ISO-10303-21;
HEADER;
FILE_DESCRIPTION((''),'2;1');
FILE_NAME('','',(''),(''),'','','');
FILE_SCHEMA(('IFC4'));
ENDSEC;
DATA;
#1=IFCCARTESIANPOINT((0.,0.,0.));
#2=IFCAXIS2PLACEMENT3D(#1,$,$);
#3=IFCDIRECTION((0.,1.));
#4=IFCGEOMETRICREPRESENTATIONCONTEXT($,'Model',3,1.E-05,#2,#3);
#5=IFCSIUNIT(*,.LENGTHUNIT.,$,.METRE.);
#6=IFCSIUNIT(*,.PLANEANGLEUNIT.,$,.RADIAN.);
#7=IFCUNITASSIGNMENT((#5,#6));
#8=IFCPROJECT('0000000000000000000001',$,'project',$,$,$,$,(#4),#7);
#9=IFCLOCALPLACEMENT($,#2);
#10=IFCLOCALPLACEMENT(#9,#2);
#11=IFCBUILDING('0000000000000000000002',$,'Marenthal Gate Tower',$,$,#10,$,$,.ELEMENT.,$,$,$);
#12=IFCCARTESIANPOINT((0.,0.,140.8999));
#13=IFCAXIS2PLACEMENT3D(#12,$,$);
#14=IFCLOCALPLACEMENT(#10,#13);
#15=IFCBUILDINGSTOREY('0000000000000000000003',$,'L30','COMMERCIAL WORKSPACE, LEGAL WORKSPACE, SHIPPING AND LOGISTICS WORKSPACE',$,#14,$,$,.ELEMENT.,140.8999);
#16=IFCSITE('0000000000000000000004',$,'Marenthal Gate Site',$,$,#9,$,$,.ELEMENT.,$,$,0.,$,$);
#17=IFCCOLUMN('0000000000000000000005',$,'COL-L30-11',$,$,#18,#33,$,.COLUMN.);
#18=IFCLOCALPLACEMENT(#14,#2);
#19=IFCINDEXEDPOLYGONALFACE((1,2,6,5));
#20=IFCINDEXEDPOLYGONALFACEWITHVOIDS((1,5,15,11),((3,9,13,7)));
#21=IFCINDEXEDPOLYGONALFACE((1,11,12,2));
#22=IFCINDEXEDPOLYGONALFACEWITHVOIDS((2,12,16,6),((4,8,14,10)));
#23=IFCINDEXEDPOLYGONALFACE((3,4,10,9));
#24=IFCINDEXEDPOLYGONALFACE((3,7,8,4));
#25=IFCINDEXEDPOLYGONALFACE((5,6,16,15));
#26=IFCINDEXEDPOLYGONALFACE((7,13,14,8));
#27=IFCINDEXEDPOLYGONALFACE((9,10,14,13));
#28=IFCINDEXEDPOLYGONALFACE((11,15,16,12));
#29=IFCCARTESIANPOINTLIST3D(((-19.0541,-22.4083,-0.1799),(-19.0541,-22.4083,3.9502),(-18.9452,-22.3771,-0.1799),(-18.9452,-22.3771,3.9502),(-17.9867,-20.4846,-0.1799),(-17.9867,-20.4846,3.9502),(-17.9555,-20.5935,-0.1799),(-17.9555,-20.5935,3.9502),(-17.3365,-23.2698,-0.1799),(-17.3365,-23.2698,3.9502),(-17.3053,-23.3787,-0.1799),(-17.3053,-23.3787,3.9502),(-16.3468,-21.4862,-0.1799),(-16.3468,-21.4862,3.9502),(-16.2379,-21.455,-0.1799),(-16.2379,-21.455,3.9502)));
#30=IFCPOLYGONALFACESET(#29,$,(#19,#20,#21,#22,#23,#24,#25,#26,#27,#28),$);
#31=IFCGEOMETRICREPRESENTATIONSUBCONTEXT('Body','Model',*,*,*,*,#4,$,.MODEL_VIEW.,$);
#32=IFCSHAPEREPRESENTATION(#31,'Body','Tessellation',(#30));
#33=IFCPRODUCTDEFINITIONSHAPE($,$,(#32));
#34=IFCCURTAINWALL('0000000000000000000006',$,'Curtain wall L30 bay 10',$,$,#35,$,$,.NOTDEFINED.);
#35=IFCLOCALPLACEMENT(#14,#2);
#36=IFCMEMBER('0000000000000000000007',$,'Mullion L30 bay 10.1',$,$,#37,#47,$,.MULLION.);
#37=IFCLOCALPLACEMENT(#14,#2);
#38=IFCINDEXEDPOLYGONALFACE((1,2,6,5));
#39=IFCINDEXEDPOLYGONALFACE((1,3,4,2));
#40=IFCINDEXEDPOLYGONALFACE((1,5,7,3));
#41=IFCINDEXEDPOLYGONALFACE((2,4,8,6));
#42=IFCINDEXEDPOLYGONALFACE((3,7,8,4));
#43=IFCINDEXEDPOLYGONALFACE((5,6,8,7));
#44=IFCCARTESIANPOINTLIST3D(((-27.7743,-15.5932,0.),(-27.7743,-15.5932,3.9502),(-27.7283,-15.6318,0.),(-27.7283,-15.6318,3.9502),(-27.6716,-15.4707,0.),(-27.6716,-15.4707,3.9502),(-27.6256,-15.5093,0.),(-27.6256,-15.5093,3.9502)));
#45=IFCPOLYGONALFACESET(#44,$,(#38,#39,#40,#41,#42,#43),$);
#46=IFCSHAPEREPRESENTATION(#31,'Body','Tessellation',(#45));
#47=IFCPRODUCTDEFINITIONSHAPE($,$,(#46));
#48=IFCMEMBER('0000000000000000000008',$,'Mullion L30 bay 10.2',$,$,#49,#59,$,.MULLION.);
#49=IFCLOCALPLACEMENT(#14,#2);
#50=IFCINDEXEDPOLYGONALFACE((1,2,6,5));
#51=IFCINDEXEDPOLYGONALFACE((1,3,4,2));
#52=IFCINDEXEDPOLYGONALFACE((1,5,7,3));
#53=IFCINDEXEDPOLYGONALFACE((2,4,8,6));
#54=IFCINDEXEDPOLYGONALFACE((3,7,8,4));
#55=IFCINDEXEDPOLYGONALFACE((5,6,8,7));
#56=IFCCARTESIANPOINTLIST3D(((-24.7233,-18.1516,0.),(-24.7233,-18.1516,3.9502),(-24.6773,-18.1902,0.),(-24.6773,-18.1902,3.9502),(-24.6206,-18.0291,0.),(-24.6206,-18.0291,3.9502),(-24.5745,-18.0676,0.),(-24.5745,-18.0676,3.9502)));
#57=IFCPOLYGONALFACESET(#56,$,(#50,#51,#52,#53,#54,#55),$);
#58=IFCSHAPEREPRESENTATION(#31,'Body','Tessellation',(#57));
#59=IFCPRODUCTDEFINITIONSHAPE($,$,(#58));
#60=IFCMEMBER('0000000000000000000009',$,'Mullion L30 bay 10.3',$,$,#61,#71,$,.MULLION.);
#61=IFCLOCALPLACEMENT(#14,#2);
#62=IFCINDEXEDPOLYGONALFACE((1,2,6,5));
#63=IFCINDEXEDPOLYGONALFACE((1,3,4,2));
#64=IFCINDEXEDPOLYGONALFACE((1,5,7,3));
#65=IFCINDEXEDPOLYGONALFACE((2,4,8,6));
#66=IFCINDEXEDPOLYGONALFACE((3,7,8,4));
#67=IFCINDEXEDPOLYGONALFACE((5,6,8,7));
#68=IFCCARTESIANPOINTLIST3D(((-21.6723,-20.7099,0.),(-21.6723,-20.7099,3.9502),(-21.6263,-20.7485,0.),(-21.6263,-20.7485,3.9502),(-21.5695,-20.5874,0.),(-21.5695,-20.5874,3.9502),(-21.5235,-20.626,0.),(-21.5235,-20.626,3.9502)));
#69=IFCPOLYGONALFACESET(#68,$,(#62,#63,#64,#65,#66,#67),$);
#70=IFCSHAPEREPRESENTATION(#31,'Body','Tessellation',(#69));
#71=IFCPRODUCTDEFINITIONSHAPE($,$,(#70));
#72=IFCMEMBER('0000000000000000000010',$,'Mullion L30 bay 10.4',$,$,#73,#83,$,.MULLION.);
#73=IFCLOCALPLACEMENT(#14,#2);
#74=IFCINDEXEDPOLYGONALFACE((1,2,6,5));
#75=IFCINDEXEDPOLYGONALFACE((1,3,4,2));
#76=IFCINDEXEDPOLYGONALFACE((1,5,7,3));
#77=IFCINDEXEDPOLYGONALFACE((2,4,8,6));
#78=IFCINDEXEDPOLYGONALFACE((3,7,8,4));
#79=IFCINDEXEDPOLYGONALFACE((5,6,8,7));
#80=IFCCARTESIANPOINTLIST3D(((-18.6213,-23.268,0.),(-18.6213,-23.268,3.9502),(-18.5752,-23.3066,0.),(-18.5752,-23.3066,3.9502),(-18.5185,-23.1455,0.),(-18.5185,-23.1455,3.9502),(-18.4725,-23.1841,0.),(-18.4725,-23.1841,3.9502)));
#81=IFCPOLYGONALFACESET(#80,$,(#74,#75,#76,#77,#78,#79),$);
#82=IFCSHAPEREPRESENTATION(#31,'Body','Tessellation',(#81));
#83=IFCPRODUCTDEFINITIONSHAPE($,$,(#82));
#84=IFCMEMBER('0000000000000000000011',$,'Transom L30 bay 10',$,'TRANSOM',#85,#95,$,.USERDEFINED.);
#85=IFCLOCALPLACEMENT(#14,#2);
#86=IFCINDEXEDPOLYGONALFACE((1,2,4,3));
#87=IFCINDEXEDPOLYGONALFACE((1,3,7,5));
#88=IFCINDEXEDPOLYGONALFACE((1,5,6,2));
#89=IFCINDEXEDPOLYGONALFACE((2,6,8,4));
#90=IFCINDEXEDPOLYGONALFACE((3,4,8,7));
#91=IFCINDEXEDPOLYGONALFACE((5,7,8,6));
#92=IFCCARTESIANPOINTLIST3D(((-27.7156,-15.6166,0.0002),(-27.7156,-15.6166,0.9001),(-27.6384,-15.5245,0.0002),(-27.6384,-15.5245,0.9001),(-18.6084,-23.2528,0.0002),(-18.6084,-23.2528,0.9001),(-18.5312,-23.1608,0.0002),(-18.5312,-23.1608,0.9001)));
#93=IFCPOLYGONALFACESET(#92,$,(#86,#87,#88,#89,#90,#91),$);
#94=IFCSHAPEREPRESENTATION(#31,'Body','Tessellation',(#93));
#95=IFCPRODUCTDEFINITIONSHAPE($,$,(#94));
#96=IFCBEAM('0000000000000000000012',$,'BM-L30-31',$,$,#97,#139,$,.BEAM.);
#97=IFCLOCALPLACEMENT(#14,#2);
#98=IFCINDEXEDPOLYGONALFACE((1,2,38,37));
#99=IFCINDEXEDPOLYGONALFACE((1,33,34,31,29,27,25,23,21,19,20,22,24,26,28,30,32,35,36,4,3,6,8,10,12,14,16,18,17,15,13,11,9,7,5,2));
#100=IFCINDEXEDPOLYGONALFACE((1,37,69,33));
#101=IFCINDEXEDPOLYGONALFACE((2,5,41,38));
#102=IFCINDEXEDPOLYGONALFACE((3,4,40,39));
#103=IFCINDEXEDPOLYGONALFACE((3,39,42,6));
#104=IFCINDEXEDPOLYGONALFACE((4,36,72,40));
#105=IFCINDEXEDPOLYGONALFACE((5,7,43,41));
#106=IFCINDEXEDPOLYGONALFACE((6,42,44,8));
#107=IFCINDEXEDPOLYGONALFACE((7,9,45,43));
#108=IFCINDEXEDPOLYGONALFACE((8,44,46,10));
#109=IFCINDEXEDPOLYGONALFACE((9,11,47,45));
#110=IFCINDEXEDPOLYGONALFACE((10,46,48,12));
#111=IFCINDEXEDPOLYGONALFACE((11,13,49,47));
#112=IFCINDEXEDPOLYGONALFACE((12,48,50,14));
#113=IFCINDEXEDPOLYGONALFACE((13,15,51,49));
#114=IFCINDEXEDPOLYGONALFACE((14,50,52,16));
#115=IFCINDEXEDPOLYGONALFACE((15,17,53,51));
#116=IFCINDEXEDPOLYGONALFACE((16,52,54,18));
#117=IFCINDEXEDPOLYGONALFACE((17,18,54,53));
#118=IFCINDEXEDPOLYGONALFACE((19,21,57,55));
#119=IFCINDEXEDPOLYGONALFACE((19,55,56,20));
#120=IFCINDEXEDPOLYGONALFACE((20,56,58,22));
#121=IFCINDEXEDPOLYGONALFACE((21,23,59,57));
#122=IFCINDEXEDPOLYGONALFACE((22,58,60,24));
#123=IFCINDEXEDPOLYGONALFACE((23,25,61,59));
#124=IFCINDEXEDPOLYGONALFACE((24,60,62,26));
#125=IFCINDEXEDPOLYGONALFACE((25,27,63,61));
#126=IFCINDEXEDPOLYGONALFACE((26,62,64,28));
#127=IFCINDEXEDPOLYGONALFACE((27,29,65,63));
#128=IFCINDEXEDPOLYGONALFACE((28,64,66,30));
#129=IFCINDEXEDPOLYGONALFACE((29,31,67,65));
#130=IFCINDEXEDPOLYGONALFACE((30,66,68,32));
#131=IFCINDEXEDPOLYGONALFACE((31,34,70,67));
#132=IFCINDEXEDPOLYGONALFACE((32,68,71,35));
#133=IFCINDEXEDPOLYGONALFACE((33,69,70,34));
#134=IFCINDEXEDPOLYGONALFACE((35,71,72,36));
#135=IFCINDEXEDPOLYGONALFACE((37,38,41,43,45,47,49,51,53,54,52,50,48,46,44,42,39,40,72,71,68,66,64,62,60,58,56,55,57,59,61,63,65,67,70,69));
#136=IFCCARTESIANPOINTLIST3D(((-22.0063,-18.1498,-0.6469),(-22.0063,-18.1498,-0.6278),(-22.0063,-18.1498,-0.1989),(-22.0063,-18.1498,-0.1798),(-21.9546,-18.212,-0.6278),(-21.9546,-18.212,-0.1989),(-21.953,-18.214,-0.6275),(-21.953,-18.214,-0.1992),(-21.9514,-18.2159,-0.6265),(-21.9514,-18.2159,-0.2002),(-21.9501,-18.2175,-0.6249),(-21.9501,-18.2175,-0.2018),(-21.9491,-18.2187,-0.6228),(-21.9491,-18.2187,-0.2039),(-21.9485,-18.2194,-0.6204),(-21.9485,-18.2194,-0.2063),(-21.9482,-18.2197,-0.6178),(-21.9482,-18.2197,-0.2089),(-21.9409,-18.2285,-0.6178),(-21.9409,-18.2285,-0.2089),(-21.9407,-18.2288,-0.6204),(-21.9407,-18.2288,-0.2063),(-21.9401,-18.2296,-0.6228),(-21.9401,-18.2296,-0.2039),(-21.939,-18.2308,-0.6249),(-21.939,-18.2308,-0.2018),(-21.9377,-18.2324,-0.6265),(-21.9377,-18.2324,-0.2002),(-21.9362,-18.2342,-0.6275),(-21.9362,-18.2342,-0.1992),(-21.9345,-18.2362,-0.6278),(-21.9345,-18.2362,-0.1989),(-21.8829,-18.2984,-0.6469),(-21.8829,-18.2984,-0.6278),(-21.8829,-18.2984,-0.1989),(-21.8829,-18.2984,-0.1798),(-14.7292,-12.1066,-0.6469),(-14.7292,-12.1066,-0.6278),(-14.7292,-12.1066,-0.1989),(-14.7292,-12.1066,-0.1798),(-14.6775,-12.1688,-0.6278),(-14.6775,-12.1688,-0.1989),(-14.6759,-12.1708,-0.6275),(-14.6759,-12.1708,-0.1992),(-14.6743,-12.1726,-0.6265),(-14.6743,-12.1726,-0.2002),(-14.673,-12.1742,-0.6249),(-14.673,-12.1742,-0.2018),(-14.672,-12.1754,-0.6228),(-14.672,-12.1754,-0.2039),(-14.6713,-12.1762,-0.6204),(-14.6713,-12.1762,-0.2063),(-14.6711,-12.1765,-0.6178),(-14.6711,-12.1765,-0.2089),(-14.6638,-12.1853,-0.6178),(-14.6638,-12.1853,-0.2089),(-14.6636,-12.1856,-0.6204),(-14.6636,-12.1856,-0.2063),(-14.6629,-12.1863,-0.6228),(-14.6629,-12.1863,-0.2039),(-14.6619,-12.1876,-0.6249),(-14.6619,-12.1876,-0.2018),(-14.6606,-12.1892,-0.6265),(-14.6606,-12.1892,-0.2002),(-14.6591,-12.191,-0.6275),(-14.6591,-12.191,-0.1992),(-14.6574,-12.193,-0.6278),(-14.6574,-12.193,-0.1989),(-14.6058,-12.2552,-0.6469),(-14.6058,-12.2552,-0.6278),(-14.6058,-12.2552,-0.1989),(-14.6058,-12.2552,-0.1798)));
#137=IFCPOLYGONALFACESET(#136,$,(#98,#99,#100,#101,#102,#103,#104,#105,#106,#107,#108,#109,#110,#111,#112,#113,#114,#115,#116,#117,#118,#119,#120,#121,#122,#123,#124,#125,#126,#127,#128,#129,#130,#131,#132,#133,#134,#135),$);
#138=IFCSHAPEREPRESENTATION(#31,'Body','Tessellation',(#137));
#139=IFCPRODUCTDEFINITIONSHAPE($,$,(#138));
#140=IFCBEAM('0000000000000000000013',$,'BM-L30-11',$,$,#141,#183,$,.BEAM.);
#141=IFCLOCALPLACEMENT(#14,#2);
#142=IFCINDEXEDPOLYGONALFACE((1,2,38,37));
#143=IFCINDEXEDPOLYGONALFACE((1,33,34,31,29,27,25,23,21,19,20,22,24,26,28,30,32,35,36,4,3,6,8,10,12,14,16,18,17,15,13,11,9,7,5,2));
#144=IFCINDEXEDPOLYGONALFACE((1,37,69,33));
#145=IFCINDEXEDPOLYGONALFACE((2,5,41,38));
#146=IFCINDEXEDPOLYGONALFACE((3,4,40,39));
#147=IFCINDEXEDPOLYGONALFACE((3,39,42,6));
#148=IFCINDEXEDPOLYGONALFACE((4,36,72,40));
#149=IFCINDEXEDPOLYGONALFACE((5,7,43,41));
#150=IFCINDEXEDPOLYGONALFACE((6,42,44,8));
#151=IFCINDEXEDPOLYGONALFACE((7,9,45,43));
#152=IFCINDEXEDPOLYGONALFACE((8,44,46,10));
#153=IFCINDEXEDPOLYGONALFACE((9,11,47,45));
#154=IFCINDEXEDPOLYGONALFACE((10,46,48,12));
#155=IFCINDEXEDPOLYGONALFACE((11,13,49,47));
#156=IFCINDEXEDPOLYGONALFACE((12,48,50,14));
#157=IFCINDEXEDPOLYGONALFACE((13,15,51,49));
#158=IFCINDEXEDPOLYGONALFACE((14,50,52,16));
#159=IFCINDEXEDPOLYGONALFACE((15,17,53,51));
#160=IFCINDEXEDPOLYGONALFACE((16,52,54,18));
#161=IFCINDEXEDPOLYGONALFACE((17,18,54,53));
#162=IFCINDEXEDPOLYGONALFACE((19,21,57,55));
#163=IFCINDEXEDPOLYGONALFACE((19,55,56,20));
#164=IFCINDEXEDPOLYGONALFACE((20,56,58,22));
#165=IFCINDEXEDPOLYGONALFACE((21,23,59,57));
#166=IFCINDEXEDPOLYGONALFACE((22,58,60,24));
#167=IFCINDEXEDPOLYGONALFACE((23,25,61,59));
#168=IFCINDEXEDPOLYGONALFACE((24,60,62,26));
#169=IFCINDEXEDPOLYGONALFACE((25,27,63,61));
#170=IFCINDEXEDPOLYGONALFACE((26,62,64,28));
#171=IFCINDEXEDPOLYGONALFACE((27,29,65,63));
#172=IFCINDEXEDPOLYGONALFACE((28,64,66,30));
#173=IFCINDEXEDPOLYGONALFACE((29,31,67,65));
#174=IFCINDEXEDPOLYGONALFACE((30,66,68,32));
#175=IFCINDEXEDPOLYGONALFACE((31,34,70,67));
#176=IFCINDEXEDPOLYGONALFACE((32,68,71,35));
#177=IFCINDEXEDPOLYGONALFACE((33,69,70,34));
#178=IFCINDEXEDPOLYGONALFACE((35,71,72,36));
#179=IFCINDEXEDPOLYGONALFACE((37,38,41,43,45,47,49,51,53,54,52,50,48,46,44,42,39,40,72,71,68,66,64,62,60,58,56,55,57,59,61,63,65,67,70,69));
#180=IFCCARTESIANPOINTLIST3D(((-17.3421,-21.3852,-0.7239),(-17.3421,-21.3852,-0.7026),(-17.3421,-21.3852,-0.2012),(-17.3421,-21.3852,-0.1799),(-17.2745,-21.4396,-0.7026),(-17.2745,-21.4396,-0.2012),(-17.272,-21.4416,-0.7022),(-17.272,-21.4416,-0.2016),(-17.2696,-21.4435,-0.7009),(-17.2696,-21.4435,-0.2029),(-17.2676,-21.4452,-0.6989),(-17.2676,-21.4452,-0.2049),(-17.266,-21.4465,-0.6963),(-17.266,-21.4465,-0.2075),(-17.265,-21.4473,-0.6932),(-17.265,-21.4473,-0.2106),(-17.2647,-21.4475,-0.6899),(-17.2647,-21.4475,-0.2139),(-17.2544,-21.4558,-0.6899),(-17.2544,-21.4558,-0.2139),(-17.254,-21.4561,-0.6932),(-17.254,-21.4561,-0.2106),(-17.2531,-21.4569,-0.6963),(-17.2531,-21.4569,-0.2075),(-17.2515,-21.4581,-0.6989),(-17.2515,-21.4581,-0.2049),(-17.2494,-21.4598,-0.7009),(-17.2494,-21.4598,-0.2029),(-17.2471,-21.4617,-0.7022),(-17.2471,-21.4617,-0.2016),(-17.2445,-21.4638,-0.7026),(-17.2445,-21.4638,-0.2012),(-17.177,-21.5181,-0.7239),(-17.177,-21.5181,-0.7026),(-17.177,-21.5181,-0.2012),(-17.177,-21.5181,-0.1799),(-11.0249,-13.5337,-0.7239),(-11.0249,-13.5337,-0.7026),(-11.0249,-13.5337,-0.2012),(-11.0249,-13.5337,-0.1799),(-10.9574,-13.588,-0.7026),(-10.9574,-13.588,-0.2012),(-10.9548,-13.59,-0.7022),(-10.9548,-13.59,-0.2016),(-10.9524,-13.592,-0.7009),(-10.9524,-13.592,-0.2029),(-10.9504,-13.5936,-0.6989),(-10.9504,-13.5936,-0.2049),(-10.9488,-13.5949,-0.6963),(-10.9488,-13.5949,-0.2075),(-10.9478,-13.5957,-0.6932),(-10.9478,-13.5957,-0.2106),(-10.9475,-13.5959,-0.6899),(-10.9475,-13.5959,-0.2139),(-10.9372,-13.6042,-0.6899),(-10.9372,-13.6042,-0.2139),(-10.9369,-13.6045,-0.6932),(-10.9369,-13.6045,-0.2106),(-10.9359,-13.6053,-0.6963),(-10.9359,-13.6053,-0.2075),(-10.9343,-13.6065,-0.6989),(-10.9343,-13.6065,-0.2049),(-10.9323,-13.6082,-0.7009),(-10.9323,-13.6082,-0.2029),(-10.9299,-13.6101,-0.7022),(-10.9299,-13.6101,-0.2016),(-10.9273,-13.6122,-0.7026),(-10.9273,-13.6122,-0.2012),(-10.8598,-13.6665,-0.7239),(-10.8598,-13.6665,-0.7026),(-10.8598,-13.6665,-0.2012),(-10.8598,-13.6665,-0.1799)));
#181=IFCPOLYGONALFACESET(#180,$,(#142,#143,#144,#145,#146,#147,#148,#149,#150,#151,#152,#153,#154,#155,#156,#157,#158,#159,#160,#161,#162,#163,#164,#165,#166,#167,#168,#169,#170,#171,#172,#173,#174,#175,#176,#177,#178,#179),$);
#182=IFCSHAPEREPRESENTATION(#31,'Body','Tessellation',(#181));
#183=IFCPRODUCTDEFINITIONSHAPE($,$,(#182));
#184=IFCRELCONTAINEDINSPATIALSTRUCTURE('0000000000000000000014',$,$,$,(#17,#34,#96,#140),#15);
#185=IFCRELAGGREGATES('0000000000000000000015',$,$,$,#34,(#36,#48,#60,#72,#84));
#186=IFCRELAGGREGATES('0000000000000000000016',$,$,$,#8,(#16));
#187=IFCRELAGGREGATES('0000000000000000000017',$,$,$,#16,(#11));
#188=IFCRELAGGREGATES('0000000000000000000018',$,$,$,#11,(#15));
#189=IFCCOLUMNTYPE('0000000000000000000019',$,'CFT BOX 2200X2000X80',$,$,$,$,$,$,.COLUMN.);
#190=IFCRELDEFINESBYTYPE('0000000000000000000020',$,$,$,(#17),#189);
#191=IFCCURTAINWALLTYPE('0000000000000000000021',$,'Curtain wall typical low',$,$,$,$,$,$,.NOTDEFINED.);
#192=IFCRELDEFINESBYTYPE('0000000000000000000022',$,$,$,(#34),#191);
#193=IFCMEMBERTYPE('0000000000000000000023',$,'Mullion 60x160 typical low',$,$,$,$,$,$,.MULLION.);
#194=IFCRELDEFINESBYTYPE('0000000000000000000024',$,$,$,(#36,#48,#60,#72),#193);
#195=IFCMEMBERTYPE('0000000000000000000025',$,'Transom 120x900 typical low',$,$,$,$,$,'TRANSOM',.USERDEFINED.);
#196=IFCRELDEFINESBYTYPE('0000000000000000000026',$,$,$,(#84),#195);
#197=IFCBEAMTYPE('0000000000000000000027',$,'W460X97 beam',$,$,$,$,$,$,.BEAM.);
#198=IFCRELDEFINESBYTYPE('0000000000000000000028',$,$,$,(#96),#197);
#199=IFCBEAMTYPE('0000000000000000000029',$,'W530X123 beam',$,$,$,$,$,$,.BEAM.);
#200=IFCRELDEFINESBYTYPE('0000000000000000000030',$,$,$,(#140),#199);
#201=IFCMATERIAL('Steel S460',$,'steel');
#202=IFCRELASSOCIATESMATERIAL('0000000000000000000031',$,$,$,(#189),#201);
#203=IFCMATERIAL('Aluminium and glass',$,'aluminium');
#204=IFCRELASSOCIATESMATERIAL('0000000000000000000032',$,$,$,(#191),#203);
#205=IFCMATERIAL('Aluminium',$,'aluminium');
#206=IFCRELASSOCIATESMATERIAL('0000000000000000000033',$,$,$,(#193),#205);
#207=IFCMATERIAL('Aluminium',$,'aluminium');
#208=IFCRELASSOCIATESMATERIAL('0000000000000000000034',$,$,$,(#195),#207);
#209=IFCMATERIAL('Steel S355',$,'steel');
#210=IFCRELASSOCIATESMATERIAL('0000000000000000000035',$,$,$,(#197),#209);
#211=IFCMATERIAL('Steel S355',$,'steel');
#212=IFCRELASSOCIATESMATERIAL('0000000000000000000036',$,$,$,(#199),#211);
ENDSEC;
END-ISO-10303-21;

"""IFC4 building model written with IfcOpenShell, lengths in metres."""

from ifc_helpers import new_model, si_unit, direction, frame, origin, origin_2d, place, context, subcontext, project, spatial, rectangle, hollow_rectangle, i_section, extrude, material, material_profile, profile_set, type_object, element, aggregate, save


model = new_model("IFC4")

# Units and contexts
model_context = context("Model", 3, precision=1e-05, world=origin(), true_north=direction((0.0, 1.0)))
body_context = subcontext(model_context, "Body", "Model", "MODEL_VIEW")
ifc_project = project(units=[si_unit("LENGTHUNIT", "METRE"), si_unit("PLANEANGLEUNIT", "RADIAN")], contexts=[model_context])

# Site, building, storey
site_placement = place(None, origin())
site = spatial("IfcSite", under=ifc_project, at=site_placement, Name="Marenthal Gate Site", CompositionType="ELEMENT", RefElevation=0.0)
building_placement = place(site_placement, origin())
building = spatial("IfcBuilding", under=site, at=building_placement, Name="Marenthal Gate Tower", CompositionType="ELEMENT")
storey_placement = place(building_placement, frame((0.0, 0.0, 140.8999)))
storey = spatial("IfcBuildingStorey", under=building, at=storey_placement, Name="L30", Description="COMMERCIAL WORKSPACE, LEGAL WORKSPACE, SHIPPING AND LOGISTICS WORKSPACE", CompositionType="ELEMENT", Elevation=140.8999)

# Column
ifc_material_1 = material(Name="Steel S460", Category="steel")
ifc_material_profile_1 = material_profile(ifc_material_1, hollow_rectangle(XDim=2.0, YDim=2.2, WallThickness=0.0801, at=origin_2d()), Name="CFT BOX 2200X2000X80")
ifc_material_2 = material(Name="Concrete 70 MPa", Category="concrete")
ifc_material_profile_2 = material_profile(ifc_material_2, rectangle(XDim=1.8401, YDim=2.04, at=origin_2d()), Name="CFT BOX 2200X2000X80 INFILL")
ifc_profile_set_1 = profile_set([ifc_material_profile_1, ifc_material_profile_2], Name="Steel S460 shell, Concrete 70 MPa infill")
column_type = type_object("IfcColumnType", Name="CFT BOX 2200X2000X80", PredefinedType="COLUMN", material=ifc_profile_set_1)
column_placement = place(storey_placement, frame((-17.646, -21.9316, -0.1799), z_axis=(0.0, 0.0, 1.0), x_axis=(-0.874403, 0.4852, 0.0)))
element("IfcColumn", 1, at=column_placement, inside=storey, type_object=column_type, Name="COL-L30-11", PredefinedType="COLUMN", context=body_context, shape_type="SweptSolid", body=[
    extrude(hollow_rectangle(XDim=2.0, YDim=2.2, WallThickness=0.0801, at=origin_2d()), origin(), (0.0, 0.0, 1.0), 4.1301),
])

# Curtain wall, members
ifc_material_3 = material(Name="Aluminium and glass", Category="aluminium")
curtain_wall_type = type_object("IfcCurtainWallType", Name="Curtain wall typical low", PredefinedType="NOTDEFINED", material=ifc_material_3)
curtain_wall_placement = place(storey_placement, origin())
curtain_wall = element("IfcCurtainWall", 2, at=curtain_wall_placement, inside=storey, type_object=curtain_wall_type, Name="Curtain wall L30 bay 10", PredefinedType="NOTDEFINED")
ifc_material_4 = material(Name="Aluminium", Category="aluminium")
ifc_material_profile_3 = material_profile(ifc_material_4, rectangle(XDim=0.1599, YDim=0.0601, at=origin_2d()), Name="60x160 aluminium mullion")
ifc_profile_set_2 = profile_set([ifc_material_profile_3], Name="Aluminium")
member_type_1 = type_object("IfcMemberType", Name="Mullion 60x160 typical low", PredefinedType="MULLION", material=ifc_profile_set_2)
member_1_placement = place(storey_placement, frame((-27.7, -15.5513, 0.0), z_axis=(0.0, 0.0, 1.0), x_axis=(0.642511, 0.766277, 0.0)))
member_1 = element("IfcMember", 3, at=member_1_placement, type_object=member_type_1, Name="Mullion L30 bay 10.1", PredefinedType="MULLION", context=body_context, shape_type="SweptSolid", body=[
    extrude(rectangle(XDim=0.1599, YDim=0.0601, at=origin_2d()), origin(), (0.0, 0.0, 1.0), 3.9502),
])
member_2_placement = place(storey_placement, frame((-24.6489, -18.1096, 0.0), z_axis=(0.0, 0.0, 1.0), x_axis=(0.642511, 0.766277, 0.0)))
member_2 = element("IfcMember", 4, at=member_2_placement, type_object=member_type_1, Name="Mullion L30 bay 10.2", PredefinedType="MULLION", context=body_context, shape_type="SweptSolid", body=[
    extrude(rectangle(XDim=0.1599, YDim=0.0601, at=origin_2d()), origin(), (0.0, 0.0, 1.0), 3.9502),
])
member_3_placement = place(storey_placement, frame((-21.5979, -20.668, 0.0), z_axis=(0.0, 0.0, 1.0), x_axis=(0.642511, 0.766277, 0.0)))
member_3 = element("IfcMember", 5, at=member_3_placement, type_object=member_type_1, Name="Mullion L30 bay 10.3", PredefinedType="MULLION", context=body_context, shape_type="SweptSolid", body=[
    extrude(rectangle(XDim=0.1599, YDim=0.0601, at=origin_2d()), origin(), (0.0, 0.0, 1.0), 3.9502),
])
member_4_placement = place(storey_placement, frame((-18.5469, -23.2261, 0.0), z_axis=(0.0, 0.0, 1.0), x_axis=(0.642511, 0.766277, 0.0)))
member_4 = element("IfcMember", 6, at=member_4_placement, type_object=member_type_1, Name="Mullion L30 bay 10.4", PredefinedType="MULLION", context=body_context, shape_type="SweptSolid", body=[
    extrude(rectangle(XDim=0.1599, YDim=0.0601, at=origin_2d()), origin(), (0.0, 0.0, 1.0), 3.9502),
])
ifc_material_5 = material(Name="Aluminium", Category="aluminium")
ifc_material_profile_4 = material_profile(ifc_material_5, rectangle(XDim=0.1201, YDim=0.8999, at=origin_2d()), Name="120x900 aluminium transom")
ifc_profile_set_3 = profile_set([ifc_material_profile_4], Name="Aluminium")
member_type_2 = type_object("IfcMemberType", Name="Transom 120x900 typical low", ElementType="TRANSOM", PredefinedType="USERDEFINED", material=ifc_profile_set_3)
member_5_placement = place(storey_placement, frame((-27.677, -15.5706, 0.4502), z_axis=(0.766276, -0.642511, 0.0), x_axis=(0.642511, 0.766276, 0.0)))
member_5 = element("IfcMember", 7, at=member_5_placement, type_object=member_type_2, Name="Transom L30 bay 10", ObjectType="TRANSOM", PredefinedType="USERDEFINED", context=body_context, shape_type="SweptSolid", body=[
    extrude(rectangle(XDim=0.1201, YDim=0.8999, at=origin_2d()), origin(), (0.0, 0.0, 1.0), 11.885),
])

# Beams
ifc_material_6 = material(Name="Steel S355", Category="steel")
ifc_material_profile_5 = material_profile(ifc_material_6, i_section(OverallWidth=0.1931, OverallDepth=0.467, WebThickness=0.0115, FlangeThickness=0.019, FilletRadius=0.01, at=origin_2d()), Name="W460X97")
ifc_profile_set_4 = profile_set([ifc_material_profile_5], Name="Steel S355")
beam_type_1 = type_object("IfcBeamType", Name="W460X97 beam", PredefinedType="BEAM", material=ifc_profile_set_4)
beam_1_placement = place(storey_placement, frame((-21.9446, -18.2241, -0.4133), z_axis=(0.769314, 0.638871, 0.0), x_axis=(-0.638871, 0.769314, 0.0)))
element("IfcBeam", 8, at=beam_1_placement, inside=storey, type_object=beam_type_1, Name="BM-L30-31", PredefinedType="BEAM", context=body_context, shape_type="SweptSolid", body=[
    extrude(i_section(OverallWidth=0.1931, OverallDepth=0.467, WebThickness=0.0115, FlangeThickness=0.019, FilletRadius=0.01, at=origin_2d()), origin(), (0.0, 0.0, 1.0), 9.4592),
])
ifc_material_7 = material(Name="Steel S355", Category="steel")
ifc_material_profile_6 = material_profile(ifc_material_7, i_section(OverallWidth=0.2119, OverallDepth=0.5439, WebThickness=0.0132, FlangeThickness=0.0212, FilletRadius=0.0127, at=origin_2d()), Name="W530X123")
ifc_profile_set_5 = profile_set([ifc_material_profile_6], Name="Steel S355")
beam_type_2 = type_object("IfcBeamType", Name="W530X123 beam", PredefinedType="BEAM", material=ifc_profile_set_5)
beam_2_placement = place(storey_placement, frame((-17.2595, -21.4517, -0.4519), z_axis=(0.626864, 0.779129, 0.0), x_axis=(-0.779129, 0.626864, 0.0)))
element("IfcBeam", 9, at=beam_2_placement, inside=storey, type_object=beam_type_2, Name="BM-L30-11", PredefinedType="BEAM", context=body_context, shape_type="SweptSolid", body=[
    extrude(i_section(OverallWidth=0.2119, OverallDepth=0.5439, WebThickness=0.0132, FlangeThickness=0.0212, FilletRadius=0.0127, at=origin_2d()), origin(), (0.0, 0.0, 1.0), 10.0774),
])

aggregate(curtain_wall, [member_1, member_2, member_3, member_4, member_5])

save(model, "model.ifc")
